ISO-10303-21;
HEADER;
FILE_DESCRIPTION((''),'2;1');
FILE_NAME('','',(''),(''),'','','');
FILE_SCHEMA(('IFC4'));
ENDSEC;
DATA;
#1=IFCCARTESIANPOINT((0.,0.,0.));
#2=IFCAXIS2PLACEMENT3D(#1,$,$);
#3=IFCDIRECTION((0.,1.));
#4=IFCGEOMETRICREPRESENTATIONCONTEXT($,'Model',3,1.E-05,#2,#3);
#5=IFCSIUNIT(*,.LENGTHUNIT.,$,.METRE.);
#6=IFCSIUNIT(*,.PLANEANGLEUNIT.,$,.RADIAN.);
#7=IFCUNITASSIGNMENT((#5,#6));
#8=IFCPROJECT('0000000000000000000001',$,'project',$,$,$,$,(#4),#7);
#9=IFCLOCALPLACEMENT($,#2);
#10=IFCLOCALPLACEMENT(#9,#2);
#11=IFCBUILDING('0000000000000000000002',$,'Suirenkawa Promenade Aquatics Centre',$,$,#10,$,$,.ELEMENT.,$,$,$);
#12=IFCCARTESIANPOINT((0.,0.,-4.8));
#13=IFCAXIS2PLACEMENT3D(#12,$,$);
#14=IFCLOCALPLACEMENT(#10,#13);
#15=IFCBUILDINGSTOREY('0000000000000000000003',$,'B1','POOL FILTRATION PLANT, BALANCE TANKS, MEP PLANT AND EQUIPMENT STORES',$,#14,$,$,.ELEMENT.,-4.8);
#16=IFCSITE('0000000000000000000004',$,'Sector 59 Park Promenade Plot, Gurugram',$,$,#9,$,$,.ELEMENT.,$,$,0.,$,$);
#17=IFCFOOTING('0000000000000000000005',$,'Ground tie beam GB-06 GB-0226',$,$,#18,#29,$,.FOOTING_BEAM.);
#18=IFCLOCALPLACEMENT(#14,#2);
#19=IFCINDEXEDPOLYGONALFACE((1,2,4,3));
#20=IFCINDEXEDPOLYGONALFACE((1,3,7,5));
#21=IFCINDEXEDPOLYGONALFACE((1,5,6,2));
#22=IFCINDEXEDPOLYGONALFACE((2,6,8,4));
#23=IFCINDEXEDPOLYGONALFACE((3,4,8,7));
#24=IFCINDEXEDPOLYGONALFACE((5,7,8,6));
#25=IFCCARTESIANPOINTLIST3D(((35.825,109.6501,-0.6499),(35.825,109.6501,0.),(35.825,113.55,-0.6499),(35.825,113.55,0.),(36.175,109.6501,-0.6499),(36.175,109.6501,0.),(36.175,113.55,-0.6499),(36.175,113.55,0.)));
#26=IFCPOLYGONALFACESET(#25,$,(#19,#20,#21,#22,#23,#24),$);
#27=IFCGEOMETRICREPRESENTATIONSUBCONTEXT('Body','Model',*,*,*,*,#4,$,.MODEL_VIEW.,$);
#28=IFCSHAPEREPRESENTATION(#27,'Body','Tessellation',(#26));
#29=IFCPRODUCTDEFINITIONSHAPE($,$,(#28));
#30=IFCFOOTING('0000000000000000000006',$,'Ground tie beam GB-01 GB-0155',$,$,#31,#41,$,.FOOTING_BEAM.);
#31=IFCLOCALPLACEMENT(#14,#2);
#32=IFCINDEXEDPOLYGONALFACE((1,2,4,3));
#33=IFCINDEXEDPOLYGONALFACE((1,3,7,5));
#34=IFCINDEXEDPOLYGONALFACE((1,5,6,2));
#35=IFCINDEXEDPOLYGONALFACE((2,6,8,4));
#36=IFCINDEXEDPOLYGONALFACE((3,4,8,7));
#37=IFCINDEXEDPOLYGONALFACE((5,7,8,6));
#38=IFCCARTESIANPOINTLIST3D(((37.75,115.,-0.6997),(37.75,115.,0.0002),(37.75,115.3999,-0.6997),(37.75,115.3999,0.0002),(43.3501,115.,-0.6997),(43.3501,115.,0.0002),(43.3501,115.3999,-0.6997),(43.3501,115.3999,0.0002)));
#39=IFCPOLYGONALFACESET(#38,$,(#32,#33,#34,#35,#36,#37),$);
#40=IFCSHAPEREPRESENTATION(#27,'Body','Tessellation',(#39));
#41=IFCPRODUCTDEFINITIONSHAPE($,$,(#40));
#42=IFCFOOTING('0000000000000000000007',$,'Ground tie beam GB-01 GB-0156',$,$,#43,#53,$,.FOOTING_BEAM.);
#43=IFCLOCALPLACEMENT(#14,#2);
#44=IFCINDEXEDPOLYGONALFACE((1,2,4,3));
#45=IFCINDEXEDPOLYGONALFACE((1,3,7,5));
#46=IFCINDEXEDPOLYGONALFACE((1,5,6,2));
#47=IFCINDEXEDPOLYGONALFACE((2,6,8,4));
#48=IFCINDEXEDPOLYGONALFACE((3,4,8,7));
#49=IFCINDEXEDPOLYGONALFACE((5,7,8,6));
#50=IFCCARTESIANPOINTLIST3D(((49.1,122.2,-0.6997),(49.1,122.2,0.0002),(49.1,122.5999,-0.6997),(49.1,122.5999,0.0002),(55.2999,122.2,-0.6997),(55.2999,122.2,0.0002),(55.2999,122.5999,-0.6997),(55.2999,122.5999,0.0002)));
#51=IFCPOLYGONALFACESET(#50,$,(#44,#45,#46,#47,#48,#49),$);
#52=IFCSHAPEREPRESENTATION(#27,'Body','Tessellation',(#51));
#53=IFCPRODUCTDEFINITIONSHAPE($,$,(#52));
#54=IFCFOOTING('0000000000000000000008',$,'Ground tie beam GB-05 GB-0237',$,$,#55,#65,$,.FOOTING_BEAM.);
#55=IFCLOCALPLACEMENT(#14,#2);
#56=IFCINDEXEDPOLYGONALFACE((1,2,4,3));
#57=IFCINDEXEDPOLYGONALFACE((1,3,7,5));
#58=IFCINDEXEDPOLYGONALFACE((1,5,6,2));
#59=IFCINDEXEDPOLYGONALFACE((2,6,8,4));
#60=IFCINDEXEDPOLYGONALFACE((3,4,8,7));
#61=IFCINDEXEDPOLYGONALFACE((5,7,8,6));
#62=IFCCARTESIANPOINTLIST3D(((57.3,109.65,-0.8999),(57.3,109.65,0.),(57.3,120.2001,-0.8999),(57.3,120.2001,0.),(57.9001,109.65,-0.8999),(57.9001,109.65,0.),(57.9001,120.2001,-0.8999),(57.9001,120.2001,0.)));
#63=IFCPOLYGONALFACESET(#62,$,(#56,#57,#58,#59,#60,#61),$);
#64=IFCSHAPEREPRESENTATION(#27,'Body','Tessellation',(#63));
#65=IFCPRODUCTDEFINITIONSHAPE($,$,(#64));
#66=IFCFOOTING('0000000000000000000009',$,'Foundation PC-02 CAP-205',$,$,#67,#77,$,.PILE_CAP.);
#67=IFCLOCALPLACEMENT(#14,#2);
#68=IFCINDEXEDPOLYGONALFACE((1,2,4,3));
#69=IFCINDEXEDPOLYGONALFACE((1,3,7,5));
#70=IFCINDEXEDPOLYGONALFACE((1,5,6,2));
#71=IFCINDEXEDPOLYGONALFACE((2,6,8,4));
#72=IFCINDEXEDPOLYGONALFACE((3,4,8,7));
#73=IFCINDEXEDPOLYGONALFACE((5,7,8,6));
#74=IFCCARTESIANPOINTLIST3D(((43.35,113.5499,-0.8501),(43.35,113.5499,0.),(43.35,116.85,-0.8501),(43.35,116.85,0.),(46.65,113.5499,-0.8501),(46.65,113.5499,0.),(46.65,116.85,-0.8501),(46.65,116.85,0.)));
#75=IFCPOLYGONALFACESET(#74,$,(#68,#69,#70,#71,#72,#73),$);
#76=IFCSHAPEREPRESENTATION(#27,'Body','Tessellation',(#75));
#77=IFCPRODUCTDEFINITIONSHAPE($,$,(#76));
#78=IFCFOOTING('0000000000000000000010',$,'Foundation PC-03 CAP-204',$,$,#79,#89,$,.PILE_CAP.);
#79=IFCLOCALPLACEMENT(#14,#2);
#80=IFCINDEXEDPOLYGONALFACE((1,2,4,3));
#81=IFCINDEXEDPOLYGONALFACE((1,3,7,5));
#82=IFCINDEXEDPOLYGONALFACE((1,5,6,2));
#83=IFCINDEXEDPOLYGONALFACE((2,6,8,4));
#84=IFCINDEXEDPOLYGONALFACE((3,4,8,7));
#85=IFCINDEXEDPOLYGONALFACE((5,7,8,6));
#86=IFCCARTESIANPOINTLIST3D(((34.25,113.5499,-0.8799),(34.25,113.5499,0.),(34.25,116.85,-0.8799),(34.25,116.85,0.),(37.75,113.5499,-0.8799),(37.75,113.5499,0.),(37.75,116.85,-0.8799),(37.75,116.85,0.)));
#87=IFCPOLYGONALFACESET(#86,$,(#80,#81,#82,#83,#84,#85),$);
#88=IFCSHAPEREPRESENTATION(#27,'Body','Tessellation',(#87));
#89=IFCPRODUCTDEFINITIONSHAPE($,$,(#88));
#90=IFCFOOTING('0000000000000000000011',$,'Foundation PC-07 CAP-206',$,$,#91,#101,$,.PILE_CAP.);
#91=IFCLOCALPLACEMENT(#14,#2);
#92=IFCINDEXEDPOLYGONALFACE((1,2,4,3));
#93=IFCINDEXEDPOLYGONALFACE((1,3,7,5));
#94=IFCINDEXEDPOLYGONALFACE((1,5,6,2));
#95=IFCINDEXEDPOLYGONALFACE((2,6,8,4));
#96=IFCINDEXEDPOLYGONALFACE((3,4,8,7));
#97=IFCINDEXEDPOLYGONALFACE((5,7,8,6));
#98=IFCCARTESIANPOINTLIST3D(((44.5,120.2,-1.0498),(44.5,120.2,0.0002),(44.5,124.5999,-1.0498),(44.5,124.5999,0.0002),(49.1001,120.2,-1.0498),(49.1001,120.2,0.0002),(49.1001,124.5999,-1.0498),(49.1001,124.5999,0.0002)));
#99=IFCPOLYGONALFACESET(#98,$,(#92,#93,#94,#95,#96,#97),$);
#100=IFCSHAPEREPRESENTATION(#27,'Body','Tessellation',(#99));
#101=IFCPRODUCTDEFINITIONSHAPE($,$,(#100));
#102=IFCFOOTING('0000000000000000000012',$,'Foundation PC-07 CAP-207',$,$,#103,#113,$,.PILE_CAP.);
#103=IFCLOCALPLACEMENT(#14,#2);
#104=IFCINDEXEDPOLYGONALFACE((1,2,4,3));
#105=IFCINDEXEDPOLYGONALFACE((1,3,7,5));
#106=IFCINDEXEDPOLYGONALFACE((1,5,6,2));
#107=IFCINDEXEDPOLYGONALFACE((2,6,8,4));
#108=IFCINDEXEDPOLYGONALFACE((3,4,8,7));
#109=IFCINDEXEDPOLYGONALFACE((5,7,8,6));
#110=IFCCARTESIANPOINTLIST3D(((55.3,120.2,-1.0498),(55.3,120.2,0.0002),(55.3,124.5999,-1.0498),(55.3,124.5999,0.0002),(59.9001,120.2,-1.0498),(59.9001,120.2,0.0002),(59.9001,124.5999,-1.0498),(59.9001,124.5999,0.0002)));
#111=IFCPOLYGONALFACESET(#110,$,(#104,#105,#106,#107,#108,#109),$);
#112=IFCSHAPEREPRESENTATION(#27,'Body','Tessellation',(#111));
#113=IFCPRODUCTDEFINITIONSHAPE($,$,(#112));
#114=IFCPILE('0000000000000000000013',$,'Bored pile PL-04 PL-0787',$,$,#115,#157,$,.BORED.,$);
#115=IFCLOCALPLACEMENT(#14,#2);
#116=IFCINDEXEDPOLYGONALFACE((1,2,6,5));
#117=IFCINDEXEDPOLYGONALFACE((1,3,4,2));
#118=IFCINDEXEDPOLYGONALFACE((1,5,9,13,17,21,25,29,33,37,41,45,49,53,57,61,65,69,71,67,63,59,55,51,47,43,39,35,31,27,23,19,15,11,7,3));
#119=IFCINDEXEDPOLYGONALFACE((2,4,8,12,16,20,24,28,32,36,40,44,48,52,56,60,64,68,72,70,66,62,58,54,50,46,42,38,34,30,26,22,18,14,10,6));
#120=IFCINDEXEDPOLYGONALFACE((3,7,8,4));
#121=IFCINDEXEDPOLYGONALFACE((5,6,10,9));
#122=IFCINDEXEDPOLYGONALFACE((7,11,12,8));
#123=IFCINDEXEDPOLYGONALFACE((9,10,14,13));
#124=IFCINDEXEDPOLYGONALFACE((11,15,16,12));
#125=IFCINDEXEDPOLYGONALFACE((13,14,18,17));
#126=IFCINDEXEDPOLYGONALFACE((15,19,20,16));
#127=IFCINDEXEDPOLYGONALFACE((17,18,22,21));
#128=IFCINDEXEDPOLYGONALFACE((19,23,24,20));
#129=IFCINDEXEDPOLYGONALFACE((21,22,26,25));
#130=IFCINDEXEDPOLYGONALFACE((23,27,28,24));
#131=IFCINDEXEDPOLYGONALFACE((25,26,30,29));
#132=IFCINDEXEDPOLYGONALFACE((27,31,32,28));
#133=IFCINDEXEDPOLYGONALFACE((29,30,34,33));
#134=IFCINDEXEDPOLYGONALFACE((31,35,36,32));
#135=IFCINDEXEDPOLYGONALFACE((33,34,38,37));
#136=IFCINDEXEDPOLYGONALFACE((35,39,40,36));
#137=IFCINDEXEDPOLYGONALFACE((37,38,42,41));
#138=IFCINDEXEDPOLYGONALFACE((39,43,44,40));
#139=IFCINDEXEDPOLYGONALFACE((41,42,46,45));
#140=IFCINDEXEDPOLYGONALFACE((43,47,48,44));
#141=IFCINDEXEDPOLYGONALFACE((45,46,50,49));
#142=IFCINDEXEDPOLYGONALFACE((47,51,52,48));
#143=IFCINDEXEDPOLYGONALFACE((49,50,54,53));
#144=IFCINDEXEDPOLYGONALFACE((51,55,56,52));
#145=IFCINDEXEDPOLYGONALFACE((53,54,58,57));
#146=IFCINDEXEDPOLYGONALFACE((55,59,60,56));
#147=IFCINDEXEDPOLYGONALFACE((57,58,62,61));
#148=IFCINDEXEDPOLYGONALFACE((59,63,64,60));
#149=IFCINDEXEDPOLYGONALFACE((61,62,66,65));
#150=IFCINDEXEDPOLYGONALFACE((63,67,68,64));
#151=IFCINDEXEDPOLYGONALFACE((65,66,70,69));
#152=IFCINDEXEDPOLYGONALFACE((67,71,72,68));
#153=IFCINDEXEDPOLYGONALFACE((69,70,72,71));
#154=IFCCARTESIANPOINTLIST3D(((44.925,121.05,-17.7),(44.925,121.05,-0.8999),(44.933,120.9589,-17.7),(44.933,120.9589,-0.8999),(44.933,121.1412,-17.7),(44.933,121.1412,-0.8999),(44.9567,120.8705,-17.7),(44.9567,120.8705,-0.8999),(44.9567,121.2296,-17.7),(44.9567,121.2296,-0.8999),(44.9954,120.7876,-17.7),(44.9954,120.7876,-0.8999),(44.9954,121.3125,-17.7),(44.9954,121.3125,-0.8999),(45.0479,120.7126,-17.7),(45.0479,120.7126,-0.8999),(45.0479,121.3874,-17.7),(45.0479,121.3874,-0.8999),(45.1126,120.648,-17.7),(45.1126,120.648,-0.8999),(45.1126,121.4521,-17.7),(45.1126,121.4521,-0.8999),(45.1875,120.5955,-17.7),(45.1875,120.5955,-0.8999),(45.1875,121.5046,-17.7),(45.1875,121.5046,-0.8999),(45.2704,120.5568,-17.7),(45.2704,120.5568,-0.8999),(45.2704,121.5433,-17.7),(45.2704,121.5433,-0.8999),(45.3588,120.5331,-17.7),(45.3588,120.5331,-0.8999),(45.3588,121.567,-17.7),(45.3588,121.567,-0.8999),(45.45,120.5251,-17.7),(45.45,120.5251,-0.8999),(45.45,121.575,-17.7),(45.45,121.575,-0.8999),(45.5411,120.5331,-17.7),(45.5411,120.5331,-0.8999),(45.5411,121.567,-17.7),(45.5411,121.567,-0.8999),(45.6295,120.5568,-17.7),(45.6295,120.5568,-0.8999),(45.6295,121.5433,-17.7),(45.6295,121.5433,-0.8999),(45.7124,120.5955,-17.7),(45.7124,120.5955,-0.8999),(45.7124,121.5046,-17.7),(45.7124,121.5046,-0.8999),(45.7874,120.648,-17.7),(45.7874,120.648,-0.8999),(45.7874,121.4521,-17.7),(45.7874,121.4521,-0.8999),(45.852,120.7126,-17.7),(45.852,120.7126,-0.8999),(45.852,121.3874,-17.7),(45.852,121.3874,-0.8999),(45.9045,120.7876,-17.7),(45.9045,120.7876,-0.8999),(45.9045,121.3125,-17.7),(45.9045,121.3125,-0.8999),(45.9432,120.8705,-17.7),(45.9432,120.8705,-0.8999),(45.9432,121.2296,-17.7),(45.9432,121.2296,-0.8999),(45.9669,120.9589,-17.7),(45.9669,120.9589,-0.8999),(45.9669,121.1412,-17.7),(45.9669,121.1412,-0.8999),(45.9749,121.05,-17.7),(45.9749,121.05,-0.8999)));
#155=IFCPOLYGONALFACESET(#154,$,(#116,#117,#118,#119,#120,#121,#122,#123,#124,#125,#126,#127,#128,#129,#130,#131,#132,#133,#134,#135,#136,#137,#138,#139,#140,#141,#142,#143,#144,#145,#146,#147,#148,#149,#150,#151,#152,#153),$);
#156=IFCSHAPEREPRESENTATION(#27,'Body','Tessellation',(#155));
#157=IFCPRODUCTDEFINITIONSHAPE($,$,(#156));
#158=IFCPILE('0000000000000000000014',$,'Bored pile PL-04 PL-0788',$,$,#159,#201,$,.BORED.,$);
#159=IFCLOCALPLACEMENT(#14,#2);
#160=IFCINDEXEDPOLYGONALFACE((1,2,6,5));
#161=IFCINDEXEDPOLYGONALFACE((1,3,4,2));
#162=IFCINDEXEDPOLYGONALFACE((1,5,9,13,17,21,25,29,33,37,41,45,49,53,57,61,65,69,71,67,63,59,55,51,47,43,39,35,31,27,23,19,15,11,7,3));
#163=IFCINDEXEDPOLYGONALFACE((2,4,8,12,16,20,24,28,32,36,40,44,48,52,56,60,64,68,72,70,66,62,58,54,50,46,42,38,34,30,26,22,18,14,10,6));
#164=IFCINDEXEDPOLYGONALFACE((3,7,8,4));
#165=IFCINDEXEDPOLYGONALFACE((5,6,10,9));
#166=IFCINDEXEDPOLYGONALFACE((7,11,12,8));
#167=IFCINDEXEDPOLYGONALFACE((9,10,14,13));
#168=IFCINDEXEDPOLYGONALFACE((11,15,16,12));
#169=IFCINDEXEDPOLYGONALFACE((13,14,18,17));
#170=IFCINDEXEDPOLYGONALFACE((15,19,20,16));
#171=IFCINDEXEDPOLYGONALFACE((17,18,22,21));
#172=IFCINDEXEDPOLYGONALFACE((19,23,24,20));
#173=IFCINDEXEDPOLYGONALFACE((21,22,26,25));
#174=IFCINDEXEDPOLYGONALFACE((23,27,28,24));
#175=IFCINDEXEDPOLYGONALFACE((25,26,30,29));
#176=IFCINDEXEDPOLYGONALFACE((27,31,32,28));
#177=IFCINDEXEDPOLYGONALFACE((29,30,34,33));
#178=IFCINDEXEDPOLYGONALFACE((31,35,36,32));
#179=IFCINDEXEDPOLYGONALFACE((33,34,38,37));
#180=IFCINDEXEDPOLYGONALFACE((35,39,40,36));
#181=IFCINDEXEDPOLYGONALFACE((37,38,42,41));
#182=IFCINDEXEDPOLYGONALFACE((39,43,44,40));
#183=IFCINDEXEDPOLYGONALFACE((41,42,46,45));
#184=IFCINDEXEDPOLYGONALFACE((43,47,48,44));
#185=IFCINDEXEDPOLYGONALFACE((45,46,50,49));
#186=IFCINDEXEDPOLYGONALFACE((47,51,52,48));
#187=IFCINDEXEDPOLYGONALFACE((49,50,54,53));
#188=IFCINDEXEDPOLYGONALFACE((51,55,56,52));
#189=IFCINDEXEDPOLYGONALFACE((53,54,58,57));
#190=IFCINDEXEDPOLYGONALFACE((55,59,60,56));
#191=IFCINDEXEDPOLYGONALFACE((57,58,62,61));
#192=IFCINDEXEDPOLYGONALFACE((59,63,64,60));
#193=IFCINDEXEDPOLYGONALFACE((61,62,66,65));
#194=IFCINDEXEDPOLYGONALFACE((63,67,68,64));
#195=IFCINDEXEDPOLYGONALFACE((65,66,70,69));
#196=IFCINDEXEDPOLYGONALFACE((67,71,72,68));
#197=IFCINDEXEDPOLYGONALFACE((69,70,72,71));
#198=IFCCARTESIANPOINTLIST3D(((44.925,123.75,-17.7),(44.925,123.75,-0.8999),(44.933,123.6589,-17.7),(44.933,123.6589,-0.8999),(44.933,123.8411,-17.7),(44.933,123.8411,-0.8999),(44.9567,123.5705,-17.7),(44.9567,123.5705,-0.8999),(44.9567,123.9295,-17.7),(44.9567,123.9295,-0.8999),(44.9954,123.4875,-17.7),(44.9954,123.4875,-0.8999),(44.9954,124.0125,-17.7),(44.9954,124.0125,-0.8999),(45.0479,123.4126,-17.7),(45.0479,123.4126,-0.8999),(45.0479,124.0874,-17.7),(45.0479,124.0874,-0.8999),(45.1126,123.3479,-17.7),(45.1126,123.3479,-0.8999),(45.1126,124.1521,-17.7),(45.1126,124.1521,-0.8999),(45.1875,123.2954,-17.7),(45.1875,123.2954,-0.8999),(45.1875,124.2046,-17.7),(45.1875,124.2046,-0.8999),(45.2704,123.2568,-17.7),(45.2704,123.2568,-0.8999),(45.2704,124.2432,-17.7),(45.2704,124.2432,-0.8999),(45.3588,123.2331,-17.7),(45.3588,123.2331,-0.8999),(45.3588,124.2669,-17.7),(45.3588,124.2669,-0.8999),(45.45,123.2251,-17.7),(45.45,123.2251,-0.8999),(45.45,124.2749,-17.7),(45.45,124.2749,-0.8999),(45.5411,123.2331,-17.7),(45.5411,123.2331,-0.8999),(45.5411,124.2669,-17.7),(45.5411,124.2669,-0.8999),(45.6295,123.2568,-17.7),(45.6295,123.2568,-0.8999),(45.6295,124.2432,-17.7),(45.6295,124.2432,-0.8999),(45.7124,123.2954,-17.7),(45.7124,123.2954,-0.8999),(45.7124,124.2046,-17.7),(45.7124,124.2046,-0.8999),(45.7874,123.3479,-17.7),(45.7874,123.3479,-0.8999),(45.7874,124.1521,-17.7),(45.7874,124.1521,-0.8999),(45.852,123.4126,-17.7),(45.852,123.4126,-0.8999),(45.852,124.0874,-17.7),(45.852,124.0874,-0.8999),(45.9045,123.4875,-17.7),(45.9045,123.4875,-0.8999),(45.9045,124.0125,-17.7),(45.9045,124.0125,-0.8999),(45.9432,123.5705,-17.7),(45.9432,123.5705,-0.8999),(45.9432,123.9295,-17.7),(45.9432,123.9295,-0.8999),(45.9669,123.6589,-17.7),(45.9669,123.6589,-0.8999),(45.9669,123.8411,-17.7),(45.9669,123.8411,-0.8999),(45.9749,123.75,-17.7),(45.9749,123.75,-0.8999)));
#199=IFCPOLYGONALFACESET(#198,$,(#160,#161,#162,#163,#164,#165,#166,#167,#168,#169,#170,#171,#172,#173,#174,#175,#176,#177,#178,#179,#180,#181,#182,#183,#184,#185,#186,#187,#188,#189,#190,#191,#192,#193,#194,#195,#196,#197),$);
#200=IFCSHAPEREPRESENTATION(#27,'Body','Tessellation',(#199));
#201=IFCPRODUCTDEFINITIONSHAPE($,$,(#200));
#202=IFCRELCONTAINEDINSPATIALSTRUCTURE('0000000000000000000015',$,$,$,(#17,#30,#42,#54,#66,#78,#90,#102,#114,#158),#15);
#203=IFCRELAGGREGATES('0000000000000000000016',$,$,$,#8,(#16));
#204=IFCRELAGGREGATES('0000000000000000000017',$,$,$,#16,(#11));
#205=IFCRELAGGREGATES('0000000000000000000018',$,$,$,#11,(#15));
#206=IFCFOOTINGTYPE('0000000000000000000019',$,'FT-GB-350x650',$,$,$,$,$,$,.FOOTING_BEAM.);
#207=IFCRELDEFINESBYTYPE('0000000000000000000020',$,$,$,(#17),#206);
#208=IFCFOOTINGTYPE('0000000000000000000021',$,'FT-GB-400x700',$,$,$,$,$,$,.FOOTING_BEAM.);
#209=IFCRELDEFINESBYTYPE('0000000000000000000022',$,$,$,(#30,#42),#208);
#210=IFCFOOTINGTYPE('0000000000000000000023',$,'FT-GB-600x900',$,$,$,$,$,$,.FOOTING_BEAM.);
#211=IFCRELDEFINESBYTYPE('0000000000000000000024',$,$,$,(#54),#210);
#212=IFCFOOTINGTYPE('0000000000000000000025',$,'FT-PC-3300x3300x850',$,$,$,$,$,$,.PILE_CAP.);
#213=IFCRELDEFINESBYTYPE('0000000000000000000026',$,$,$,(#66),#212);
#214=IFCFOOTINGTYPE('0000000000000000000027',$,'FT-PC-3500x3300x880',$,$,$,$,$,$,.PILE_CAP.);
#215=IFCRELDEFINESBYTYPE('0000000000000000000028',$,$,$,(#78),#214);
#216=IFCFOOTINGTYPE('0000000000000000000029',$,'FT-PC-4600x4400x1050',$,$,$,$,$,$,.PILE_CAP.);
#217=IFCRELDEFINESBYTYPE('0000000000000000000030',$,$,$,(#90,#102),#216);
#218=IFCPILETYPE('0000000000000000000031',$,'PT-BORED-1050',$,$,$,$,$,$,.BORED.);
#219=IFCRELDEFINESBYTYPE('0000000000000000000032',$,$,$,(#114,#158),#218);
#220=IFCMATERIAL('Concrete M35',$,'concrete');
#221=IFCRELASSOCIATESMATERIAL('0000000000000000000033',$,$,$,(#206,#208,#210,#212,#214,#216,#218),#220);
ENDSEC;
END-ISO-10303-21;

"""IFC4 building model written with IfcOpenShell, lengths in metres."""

from ifc_helpers import new_model, si_unit, direction, frame, origin, origin_2d, place, context, subcontext, project, spatial, rectangle, circle, extrude, material, material_profile, profile_set, type_object, element, save


model = new_model("IFC4")

# Units and contexts
model_context = context("Model", 3, precision=1e-05, world=origin(), true_north=direction((0.0, 1.0)))
body_context = subcontext(model_context, "Body", "Model", "MODEL_VIEW")
ifc_project = project(units=[si_unit("LENGTHUNIT", "METRE"), si_unit("PLANEANGLEUNIT", "RADIAN")], contexts=[model_context])

# Site, building, storey
site_placement = place(None, origin())
site = spatial("IfcSite", under=ifc_project, at=site_placement, Name="Sector 59 Park Promenade Plot, Gurugram", CompositionType="ELEMENT", RefElevation=0.0)
building_placement = place(site_placement, origin())
building = spatial("IfcBuilding", under=site, at=building_placement, Name="Suirenkawa Promenade Aquatics Centre", CompositionType="ELEMENT")
storey_placement = place(building_placement, frame((0.0, 0.0, -4.8)))
storey = spatial("IfcBuildingStorey", under=building, at=storey_placement, Name="B1", Description="POOL FILTRATION PLANT, BALANCE TANKS, MEP PLANT AND EQUIPMENT STORES", CompositionType="ELEMENT", Elevation=-4.8)

# Footings
ifc_material_1 = material(Name="Concrete M35", Category="concrete")
footing_type_1 = type_object("IfcFootingType", Name="FT-GB-350x650", PredefinedType="FOOTING_BEAM", material=ifc_material_1)
footing_1_placement = place(storey_placement, frame((36.0, 111.6001, -0.6499), z_axis=(0.0, 0.0, 1.0), x_axis=(0.0, 1.0, 0.0)))
element("IfcFooting", 1, at=footing_1_placement, inside=storey, type_object=footing_type_1, Name="Ground tie beam GB-06 GB-0226", PredefinedType="FOOTING_BEAM", context=body_context, shape_type="SweptSolid", body=[
    extrude(rectangle(XDim=3.8999, YDim=0.3501, at=origin_2d()), origin(), (0.0, 0.0, 1.0), 0.6499),
])
footing_type_2 = type_object("IfcFootingType", Name="FT-GB-400x700", PredefinedType="FOOTING_BEAM", material=ifc_material_1)
footing_2_placement = place(storey_placement, frame((40.55, 115.2, -0.6997), z_axis=(0.0, 0.0, 1.0), x_axis=(1.0, 0.0, 0.0)))
element("IfcFooting", 2, at=footing_2_placement, inside=storey, type_object=footing_type_2, Name="Ground tie beam GB-01 GB-0155", PredefinedType="FOOTING_BEAM", context=body_context, shape_type="SweptSolid", body=[
    extrude(rectangle(XDim=5.6001, YDim=0.3999, at=origin_2d()), origin(), (0.0, 0.0, 1.0), 0.7),
])
footing_3_placement = place(storey_placement, frame((52.2, 122.3999, -0.6997), z_axis=(0.0, 0.0, 1.0), x_axis=(1.0, 0.0, 0.0)))
element("IfcFooting", 3, at=footing_3_placement, inside=storey, type_object=footing_type_2, Name="Ground tie beam GB-01 GB-0156", PredefinedType="FOOTING_BEAM", context=body_context, shape_type="SweptSolid", body=[
    extrude(rectangle(XDim=6.2, YDim=0.3999, at=origin_2d()), origin(), (0.0, 0.0, 1.0), 0.7),
])
footing_type_3 = type_object("IfcFootingType", Name="FT-GB-600x900", PredefinedType="FOOTING_BEAM", material=ifc_material_1)
footing_4_placement = place(storey_placement, frame((57.6001, 114.925, -0.8999), z_axis=(0.0, 0.0, 1.0), x_axis=(0.0, 1.0, 0.0)))
element("IfcFooting", 4, at=footing_4_placement, inside=storey, type_object=footing_type_3, Name="Ground tie beam GB-05 GB-0237", PredefinedType="FOOTING_BEAM", context=body_context, shape_type="SweptSolid", body=[
    extrude(rectangle(XDim=10.55, YDim=0.6001, at=origin_2d()), origin(), (0.0, 0.0, 1.0), 0.8999),
])
footing_type_4 = type_object("IfcFootingType", Name="FT-PC-3300x3300x850", PredefinedType="PILE_CAP", material=ifc_material_1)
footing_5_placement = place(storey_placement, frame((45.0, 115.2, -0.8501), z_axis=(0.0, 0.0, 1.0), x_axis=(1.0, 0.0, 0.0)))
element("IfcFooting", 5, at=footing_5_placement, inside=storey, type_object=footing_type_4, Name="Foundation PC-02 CAP-205", PredefinedType="PILE_CAP", context=body_context, shape_type="SweptSolid", body=[
    extrude(rectangle(XDim=3.3, YDim=3.3, at=origin_2d()), origin(), (0.0, 0.0, 1.0), 0.8501),
])
footing_type_5 = type_object("IfcFootingType", Name="FT-PC-3500x3300x880", PredefinedType="PILE_CAP", material=ifc_material_1)
footing_6_placement = place(storey_placement, frame((36.0, 115.2, -0.8799), z_axis=(0.0, 0.0, 1.0), x_axis=(1.0, 0.0, 0.0)))
element("IfcFooting", 6, at=footing_6_placement, inside=storey, type_object=footing_type_5, Name="Foundation PC-03 CAP-204", PredefinedType="PILE_CAP", context=body_context, shape_type="SweptSolid", body=[
    extrude(rectangle(XDim=3.5, YDim=3.3, at=origin_2d()), origin(), (0.0, 0.0, 1.0), 0.8799),
])
footing_type_6 = type_object("IfcFootingType", Name="FT-PC-4600x4400x1050", PredefinedType="PILE_CAP", material=ifc_material_1)
for number, where, z_axis, x_axis, name in (
    (7, (46.8, 122.3999, -1.0498), (0.0, 0.0, 1.0), (1.0, 0.0, 0.0), "Foundation PC-07 CAP-206"),
    (8, (57.6001, 122.3999, -1.0498), (0.0, 0.0, 1.0), (1.0, 0.0, 0.0), "Foundation PC-07 CAP-207"),
):
    element("IfcFooting", number, at=place(storey_placement, frame(where, z_axis=z_axis, x_axis=x_axis)), inside=storey, type_object=footing_type_6, Name=name, PredefinedType="PILE_CAP", context=body_context, shape_type="SweptSolid", body=[
        extrude(rectangle(XDim=4.6001, YDim=4.3999, at=origin_2d()), origin(), (0.0, 0.0, 1.0), 1.05),
    ])

# Piles
ifc_material_profile_1 = material_profile(ifc_material_1, circle(Radius=0.5249, at=origin_2d()), Name="PILE D1050", Category="concrete")
ifc_profile_set_1 = profile_set([ifc_material_profile_1], Name="Concrete M35")
pile_type_1 = type_object("IfcPileType", Name="PT-BORED-1050", PredefinedType="BORED", material=ifc_profile_set_1)
for number, where, z_axis, x_axis, name in (
    (9, (45.45, 121.05, -0.8999), (0.0, 0.0, -1.0), (1.0, 0.0, 0.0), "Bored pile PL-04 PL-0787"),
    (10, (45.45, 123.75, -0.8999), (0.0, 0.0, -1.0), (1.0, 0.0, 0.0), "Bored pile PL-04 PL-0788"),
):
    element("IfcPile", number, at=place(storey_placement, frame(where, z_axis=z_axis, x_axis=x_axis)), inside=storey, type_object=pile_type_1, Name=name, PredefinedType="BORED", context=body_context, shape_type="SweptSolid", body=[
        extrude(circle(Radius=0.5249, at=origin_2d()), origin(), (0.0, 0.0, 1.0), 16.8),
    ])

save(model, "model.ifc")
